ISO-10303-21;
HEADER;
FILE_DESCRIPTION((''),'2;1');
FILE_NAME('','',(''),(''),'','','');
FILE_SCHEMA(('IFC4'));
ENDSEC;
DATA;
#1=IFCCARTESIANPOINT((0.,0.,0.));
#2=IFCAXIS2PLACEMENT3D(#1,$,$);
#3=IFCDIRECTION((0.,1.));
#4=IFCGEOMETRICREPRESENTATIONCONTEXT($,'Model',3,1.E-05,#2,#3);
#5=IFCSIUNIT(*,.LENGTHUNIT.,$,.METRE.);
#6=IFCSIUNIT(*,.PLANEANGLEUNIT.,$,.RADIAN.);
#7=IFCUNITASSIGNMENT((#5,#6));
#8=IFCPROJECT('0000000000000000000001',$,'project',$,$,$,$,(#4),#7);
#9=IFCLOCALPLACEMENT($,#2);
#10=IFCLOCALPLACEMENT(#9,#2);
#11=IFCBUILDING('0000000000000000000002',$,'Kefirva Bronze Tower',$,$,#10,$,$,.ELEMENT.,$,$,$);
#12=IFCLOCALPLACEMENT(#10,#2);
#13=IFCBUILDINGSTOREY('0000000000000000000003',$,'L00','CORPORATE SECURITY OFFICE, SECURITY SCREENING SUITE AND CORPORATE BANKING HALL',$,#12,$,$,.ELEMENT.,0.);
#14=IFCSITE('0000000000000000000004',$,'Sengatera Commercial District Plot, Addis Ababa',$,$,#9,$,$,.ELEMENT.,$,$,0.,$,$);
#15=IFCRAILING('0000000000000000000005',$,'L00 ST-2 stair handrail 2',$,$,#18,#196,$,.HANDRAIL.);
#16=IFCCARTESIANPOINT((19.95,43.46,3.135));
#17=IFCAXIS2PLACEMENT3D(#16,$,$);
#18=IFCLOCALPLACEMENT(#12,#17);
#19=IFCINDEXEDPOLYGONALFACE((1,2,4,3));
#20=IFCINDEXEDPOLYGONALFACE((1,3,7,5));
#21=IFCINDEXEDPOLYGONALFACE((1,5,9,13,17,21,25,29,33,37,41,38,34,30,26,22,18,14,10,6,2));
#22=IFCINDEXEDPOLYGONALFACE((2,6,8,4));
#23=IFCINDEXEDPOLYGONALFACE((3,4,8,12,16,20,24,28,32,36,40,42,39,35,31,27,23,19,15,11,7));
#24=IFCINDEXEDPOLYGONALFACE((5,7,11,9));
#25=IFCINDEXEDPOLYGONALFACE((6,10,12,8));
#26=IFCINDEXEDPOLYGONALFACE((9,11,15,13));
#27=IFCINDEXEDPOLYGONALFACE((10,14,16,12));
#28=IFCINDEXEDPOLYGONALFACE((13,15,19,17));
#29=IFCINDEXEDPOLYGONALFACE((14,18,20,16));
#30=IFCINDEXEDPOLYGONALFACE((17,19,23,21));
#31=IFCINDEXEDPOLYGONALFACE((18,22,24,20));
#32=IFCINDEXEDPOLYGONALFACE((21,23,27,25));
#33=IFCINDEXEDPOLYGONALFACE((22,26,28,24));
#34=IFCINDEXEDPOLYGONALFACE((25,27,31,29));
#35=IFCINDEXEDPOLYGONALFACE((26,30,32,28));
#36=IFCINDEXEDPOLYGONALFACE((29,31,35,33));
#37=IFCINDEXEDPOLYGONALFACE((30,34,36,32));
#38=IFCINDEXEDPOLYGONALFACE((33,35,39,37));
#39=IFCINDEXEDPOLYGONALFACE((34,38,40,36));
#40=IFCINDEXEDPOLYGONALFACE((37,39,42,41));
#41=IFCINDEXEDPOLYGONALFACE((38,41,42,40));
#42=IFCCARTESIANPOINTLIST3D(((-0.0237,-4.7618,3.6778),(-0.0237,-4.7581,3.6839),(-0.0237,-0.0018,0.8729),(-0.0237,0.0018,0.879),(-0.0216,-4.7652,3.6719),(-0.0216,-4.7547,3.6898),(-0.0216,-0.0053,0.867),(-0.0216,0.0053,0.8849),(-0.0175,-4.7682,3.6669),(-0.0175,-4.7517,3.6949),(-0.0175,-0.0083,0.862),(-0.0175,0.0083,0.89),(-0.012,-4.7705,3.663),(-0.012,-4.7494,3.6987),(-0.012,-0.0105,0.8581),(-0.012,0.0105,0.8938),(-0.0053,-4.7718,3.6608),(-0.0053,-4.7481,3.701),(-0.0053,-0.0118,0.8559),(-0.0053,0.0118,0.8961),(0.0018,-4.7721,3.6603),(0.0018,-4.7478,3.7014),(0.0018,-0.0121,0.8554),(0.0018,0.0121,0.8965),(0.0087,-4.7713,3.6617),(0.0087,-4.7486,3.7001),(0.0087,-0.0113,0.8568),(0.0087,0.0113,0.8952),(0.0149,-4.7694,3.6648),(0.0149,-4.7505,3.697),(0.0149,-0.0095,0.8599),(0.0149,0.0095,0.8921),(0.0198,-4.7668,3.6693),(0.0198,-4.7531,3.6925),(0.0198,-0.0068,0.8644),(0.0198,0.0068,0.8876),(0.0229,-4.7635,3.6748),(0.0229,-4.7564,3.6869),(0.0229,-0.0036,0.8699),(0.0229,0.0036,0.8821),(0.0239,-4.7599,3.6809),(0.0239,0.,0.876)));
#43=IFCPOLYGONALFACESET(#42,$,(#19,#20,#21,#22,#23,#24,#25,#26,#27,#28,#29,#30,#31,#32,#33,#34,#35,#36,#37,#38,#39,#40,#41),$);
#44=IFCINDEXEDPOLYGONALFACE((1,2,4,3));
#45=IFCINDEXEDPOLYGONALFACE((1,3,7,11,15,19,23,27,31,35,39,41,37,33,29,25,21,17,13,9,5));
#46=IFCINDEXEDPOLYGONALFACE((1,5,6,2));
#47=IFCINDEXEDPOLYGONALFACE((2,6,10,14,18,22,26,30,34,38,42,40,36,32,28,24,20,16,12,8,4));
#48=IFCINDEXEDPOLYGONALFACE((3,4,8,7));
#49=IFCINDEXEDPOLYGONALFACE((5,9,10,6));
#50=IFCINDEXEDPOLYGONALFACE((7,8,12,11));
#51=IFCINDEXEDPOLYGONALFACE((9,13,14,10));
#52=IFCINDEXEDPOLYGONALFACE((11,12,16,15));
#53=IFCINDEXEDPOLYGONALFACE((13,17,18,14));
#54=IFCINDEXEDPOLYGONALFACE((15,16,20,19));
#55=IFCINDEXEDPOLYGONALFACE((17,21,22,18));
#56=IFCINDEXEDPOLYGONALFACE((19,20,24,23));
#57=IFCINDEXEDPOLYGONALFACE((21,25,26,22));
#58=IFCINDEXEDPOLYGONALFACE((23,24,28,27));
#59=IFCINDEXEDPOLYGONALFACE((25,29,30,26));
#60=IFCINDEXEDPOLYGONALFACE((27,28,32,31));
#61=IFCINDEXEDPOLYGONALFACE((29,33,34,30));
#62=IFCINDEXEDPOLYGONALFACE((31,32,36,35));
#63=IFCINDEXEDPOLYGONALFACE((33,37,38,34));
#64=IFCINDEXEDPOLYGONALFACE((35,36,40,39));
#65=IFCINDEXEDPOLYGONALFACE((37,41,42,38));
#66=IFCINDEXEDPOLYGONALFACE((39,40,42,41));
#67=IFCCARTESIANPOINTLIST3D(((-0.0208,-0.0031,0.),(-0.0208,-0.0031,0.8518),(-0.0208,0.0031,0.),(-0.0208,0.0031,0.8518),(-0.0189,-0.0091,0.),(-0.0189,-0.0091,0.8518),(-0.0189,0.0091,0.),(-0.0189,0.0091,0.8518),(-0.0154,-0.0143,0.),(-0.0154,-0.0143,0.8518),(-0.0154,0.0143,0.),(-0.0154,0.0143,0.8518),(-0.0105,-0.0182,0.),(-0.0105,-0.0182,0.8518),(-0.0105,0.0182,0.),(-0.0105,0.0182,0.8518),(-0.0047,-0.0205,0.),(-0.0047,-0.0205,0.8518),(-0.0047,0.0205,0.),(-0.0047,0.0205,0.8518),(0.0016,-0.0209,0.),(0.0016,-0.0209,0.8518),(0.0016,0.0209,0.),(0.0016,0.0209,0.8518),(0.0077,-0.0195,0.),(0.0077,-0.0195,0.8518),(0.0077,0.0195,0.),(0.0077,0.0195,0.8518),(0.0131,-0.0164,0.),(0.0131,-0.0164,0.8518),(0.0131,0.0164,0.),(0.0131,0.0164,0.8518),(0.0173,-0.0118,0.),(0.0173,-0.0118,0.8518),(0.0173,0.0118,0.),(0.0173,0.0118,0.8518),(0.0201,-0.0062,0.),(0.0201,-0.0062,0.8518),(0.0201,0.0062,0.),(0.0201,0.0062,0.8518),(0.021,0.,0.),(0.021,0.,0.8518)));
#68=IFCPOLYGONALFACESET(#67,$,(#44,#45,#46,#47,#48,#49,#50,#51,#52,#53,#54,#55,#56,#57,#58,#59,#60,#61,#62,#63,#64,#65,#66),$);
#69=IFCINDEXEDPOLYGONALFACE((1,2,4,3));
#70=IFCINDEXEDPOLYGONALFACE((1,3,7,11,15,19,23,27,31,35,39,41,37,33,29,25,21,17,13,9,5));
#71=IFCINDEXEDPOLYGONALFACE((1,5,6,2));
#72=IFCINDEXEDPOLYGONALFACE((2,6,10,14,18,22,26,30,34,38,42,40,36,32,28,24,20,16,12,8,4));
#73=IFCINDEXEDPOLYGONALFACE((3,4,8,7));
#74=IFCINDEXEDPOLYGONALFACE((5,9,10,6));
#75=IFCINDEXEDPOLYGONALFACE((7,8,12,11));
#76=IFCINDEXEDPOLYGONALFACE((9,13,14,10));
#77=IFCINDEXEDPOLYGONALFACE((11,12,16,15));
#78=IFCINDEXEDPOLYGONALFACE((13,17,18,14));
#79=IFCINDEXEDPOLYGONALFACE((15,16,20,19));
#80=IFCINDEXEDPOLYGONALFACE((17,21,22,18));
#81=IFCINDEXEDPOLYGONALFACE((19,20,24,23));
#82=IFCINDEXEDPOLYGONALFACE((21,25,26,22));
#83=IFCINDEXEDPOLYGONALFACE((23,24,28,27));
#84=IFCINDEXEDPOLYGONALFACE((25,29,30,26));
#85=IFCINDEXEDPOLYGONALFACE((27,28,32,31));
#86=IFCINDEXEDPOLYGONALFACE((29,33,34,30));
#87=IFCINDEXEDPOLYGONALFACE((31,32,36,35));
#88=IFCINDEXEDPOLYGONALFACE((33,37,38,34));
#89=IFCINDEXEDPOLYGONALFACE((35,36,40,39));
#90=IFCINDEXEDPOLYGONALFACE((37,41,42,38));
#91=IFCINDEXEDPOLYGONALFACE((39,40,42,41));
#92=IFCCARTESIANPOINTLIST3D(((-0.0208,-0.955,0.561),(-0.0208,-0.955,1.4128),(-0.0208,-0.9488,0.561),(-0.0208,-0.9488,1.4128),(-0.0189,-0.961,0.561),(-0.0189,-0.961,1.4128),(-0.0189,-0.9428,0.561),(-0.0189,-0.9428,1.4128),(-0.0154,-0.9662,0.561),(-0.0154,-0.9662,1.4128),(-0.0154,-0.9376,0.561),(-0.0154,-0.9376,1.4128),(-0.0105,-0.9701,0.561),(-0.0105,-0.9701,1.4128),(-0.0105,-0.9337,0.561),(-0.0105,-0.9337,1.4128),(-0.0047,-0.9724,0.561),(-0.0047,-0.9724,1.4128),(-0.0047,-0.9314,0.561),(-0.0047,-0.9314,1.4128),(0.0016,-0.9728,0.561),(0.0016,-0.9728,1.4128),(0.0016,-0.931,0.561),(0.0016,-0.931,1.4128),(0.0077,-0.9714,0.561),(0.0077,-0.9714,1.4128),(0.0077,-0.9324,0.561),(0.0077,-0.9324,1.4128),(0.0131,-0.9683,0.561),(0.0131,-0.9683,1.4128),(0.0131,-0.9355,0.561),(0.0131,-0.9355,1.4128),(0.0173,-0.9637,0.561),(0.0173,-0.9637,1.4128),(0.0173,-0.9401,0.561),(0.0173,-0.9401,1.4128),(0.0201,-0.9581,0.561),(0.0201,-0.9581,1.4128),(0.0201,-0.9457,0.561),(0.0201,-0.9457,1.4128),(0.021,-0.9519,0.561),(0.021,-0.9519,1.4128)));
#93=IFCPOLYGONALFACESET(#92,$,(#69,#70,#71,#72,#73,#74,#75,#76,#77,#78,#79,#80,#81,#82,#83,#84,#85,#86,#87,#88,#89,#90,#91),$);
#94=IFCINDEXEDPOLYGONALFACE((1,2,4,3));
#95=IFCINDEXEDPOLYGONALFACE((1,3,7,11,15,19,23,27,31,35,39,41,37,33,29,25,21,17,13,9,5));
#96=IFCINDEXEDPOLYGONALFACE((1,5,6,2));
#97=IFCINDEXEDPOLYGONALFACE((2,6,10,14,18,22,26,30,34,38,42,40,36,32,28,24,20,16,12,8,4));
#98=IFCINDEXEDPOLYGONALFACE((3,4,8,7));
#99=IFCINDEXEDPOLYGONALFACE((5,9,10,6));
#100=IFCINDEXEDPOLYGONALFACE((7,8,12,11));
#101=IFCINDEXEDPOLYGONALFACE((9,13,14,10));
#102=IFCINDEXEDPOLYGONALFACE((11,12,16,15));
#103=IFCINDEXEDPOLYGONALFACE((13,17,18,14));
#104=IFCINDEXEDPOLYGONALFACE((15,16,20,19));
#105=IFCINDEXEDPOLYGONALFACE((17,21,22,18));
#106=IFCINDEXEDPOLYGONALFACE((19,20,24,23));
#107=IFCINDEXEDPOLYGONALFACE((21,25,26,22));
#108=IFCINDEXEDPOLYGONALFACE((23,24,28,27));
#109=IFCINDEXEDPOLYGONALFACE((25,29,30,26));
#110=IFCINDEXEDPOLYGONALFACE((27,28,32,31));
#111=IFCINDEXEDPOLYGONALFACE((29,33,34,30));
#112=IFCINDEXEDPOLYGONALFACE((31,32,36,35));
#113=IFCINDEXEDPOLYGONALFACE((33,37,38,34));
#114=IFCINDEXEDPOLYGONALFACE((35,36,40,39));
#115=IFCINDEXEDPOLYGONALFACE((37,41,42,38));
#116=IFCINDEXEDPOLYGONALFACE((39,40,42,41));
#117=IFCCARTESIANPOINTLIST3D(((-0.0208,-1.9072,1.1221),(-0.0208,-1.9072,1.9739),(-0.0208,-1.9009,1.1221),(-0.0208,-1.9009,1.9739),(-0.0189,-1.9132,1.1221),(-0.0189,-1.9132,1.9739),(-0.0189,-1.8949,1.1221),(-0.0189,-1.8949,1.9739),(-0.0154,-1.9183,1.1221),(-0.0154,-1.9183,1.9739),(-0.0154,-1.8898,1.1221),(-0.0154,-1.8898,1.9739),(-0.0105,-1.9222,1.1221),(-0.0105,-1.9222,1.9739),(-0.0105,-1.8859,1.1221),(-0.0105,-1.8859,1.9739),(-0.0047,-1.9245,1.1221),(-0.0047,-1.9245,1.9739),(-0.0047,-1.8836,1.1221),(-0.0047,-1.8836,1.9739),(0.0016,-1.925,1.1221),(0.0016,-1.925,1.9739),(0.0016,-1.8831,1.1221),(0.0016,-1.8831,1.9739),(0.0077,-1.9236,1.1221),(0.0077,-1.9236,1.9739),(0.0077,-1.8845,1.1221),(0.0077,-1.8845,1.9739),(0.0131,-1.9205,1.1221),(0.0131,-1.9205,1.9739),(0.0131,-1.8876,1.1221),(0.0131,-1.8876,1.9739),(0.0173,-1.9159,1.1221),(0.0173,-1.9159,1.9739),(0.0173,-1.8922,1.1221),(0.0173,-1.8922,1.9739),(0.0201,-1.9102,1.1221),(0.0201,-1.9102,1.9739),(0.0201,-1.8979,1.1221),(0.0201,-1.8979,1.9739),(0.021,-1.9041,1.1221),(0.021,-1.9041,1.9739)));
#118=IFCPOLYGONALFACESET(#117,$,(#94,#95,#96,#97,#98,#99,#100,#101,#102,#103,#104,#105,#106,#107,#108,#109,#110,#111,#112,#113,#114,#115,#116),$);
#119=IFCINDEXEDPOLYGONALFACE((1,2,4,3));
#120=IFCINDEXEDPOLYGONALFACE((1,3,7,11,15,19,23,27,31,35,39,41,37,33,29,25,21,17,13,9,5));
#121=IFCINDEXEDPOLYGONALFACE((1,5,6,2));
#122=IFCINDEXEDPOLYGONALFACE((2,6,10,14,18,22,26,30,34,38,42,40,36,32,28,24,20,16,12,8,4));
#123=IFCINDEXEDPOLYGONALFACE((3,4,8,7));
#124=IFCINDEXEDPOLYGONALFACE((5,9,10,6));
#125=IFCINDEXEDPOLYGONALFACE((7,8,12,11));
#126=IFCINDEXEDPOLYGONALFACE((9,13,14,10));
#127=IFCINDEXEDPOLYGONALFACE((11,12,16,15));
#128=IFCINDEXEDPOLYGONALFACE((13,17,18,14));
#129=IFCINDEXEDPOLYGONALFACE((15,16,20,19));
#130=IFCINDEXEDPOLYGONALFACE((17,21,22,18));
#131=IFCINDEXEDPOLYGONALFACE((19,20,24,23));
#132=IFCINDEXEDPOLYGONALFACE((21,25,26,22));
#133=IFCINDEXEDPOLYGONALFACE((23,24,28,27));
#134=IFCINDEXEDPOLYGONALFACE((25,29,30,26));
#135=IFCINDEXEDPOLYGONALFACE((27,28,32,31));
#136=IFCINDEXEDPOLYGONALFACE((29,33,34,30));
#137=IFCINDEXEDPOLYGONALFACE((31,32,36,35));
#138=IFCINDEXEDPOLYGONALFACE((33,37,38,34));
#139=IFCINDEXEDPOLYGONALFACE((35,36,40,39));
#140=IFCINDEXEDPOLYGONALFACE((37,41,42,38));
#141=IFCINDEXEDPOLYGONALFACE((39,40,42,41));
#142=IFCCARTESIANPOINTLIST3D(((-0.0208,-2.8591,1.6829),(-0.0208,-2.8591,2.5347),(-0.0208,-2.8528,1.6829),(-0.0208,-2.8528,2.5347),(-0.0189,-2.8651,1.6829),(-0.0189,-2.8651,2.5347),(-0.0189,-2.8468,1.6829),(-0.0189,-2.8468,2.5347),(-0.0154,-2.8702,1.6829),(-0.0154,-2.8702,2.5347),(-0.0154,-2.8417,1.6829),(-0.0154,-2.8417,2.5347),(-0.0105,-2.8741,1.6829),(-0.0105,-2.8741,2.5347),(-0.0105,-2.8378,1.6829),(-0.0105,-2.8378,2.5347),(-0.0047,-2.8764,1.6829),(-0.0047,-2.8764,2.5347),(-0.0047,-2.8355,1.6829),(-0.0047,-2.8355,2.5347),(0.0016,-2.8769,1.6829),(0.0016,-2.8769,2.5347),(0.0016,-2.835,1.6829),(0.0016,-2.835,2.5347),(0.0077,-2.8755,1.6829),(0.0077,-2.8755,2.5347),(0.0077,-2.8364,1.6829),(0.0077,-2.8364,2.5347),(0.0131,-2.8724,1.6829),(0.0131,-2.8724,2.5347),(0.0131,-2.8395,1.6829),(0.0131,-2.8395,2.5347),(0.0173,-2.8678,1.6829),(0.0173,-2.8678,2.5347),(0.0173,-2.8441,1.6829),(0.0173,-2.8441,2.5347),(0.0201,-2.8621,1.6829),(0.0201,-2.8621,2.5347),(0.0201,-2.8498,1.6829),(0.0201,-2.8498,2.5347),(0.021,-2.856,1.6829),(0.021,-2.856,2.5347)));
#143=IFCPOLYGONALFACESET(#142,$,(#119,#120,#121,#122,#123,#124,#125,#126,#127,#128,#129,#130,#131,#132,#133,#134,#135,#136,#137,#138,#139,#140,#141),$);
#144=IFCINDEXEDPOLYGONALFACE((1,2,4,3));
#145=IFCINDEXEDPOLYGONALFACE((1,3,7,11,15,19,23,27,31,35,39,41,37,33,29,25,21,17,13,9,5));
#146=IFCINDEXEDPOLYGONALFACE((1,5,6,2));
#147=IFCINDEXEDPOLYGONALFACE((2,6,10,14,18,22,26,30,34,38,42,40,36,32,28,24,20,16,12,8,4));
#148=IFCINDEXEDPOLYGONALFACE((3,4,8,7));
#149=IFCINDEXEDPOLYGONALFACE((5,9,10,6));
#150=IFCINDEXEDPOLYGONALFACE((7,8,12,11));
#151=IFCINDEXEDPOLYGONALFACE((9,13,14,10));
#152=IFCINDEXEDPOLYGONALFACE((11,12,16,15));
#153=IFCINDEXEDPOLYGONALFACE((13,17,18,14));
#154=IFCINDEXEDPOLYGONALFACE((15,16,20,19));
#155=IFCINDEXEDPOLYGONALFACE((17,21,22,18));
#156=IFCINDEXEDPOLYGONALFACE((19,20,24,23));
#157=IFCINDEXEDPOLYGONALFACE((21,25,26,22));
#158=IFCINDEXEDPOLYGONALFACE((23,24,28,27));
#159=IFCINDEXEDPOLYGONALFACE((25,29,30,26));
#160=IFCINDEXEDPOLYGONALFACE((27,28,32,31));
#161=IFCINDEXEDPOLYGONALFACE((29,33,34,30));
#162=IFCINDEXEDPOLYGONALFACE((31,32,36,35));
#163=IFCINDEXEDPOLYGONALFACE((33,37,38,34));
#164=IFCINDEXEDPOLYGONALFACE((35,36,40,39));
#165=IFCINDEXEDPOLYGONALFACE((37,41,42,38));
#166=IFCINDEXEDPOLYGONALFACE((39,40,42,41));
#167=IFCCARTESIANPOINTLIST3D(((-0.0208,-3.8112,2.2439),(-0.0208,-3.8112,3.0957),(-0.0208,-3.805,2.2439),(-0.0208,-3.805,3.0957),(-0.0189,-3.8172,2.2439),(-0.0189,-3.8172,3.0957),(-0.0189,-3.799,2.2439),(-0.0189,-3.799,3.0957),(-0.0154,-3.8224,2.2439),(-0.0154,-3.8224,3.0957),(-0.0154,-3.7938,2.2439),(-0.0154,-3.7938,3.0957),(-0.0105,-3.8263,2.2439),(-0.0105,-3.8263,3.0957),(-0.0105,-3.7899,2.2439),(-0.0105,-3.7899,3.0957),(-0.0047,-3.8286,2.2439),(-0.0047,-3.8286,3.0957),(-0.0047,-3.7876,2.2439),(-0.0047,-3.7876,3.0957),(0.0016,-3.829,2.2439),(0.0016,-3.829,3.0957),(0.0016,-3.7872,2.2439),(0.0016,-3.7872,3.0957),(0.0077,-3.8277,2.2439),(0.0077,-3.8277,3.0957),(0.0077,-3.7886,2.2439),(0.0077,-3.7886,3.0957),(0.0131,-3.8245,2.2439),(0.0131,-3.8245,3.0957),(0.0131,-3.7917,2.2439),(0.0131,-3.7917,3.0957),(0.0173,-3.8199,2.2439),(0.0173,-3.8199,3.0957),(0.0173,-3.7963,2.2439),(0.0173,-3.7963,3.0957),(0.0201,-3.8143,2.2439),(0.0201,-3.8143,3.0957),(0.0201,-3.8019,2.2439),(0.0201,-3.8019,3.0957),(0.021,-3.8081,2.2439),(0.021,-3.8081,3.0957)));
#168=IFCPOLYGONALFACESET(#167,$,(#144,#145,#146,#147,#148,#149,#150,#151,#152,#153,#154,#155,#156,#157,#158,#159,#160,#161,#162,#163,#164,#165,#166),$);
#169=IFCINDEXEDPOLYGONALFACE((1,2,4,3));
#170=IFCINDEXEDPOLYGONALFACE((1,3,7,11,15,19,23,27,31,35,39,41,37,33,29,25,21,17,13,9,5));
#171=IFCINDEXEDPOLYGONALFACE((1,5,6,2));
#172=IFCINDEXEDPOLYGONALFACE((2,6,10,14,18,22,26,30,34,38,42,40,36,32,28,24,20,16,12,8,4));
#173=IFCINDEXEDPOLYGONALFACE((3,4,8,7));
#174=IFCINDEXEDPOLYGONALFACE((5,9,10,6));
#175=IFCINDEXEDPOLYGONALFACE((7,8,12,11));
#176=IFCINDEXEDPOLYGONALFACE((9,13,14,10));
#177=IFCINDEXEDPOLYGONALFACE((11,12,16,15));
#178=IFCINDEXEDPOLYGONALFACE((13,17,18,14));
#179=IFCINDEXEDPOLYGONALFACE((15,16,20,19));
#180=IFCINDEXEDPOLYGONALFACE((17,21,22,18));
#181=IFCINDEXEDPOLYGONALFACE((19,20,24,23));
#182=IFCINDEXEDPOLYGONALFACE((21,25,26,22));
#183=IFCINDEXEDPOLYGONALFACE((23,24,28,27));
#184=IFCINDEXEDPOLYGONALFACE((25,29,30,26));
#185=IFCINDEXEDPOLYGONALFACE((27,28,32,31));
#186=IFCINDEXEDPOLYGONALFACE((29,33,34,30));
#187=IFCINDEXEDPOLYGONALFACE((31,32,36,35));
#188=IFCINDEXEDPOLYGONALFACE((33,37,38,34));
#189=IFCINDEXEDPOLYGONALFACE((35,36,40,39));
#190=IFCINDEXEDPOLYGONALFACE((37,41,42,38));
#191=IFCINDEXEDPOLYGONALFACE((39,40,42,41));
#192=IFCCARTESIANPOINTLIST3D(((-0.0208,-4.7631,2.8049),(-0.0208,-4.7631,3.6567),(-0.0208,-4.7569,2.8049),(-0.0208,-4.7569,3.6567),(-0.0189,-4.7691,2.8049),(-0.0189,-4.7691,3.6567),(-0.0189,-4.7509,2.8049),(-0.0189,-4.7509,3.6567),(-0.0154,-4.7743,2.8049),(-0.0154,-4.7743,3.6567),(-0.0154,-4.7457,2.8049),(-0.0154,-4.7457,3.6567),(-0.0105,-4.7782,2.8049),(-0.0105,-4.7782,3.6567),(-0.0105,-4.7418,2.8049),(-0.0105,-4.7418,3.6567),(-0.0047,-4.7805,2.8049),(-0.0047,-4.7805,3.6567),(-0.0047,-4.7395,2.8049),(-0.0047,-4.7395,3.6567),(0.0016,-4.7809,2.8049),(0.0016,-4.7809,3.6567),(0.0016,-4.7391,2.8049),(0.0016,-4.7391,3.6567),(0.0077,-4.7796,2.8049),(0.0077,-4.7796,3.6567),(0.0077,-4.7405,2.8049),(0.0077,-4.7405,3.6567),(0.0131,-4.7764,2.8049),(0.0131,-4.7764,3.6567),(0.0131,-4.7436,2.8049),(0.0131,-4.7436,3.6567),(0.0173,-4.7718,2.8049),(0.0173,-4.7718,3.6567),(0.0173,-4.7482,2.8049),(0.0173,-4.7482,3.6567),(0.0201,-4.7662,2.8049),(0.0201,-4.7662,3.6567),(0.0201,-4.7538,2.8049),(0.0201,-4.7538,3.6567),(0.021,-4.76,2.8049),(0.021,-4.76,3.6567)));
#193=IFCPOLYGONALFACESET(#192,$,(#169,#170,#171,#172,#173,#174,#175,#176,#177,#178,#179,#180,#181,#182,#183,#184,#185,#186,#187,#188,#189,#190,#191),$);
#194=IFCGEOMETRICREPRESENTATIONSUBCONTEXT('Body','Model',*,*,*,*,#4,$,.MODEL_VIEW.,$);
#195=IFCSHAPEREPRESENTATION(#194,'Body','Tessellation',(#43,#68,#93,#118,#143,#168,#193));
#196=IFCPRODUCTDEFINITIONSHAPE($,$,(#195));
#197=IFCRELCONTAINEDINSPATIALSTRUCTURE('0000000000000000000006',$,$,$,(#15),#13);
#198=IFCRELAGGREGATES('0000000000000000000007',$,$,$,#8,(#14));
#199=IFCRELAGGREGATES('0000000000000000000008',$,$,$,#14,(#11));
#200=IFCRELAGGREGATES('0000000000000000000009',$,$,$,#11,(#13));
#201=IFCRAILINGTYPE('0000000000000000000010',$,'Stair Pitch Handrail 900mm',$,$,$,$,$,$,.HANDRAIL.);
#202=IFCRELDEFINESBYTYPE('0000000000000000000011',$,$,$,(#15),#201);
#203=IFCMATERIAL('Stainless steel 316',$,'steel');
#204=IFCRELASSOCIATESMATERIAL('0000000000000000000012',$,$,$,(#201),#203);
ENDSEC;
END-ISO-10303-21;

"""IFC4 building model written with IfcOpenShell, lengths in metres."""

from ifc_helpers import new_model, si_unit, direction, frame, origin, origin_2d, place, context, subcontext, project, spatial, circle, extrude, material, type_object, element, save


model = new_model("IFC4")

# Units and contexts
model_context = context("Model", 3, precision=1e-05, world=origin(), true_north=direction((0.0, 1.0)))
body_context = subcontext(model_context, "Body", "Model", "MODEL_VIEW")
ifc_project = project(units=[si_unit("LENGTHUNIT", "METRE"), si_unit("PLANEANGLEUNIT", "RADIAN")], contexts=[model_context])

# Site, building, storey
site_placement = place(None, origin())
site = spatial("IfcSite", under=ifc_project, at=site_placement, Name="Sengatera Commercial District Plot, Addis Ababa", CompositionType="ELEMENT", RefElevation=0.0)
building_placement = place(site_placement, origin())
building = spatial("IfcBuilding", under=site, at=building_placement, Name="Kefirva Bronze Tower", CompositionType="ELEMENT")
storey_placement = place(building_placement, origin())
storey = spatial("IfcBuildingStorey", under=building, at=storey_placement, Name="L00", Description="CORPORATE SECURITY OFFICE, SECURITY SCREENING SUITE AND CORPORATE BANKING HALL", CompositionType="ELEMENT", Elevation=0.0)

# Railing
ifc_material_1 = material(Name="Stainless steel 316", Category="steel")
railing_type_1 = type_object("IfcRailingType", Name="Stair Pitch Handrail 900mm", PredefinedType="HANDRAIL", material=ifc_material_1)
railing_1_placement = place(storey_placement, frame((19.95, 43.46, 3.135)))
element("IfcRailing", 1, at=railing_1_placement, inside=storey, type_object=railing_type_1, Name="L00 ST-2 stair handrail 2", PredefinedType="HANDRAIL", context=body_context, shape_type="SweptSolid", body=[
    extrude(circle(Radius=0.0239, at=origin_2d()), frame((0.0, 0.0, 0.876), z_axis=(0.0, -0.861544, 0.507682), x_axis=(1.0, 0.0, 0.0)), (0.0, 0.0, 1.0), 5.5249),
    extrude(circle(Radius=0.021, at=origin_2d()), origin(), (0.0, 0.0, 1.0), 0.8518),
    extrude(circle(Radius=0.021, at=origin_2d()), frame((0.0, -0.9519, 0.561)), (0.0, 0.0, 1.0), 0.8518),
    extrude(circle(Radius=0.021, at=origin_2d()), frame((0.0, -1.9041, 1.1221)), (0.0, 0.0, 1.0), 0.8518),
    extrude(circle(Radius=0.021, at=origin_2d()), frame((0.0, -2.856, 1.6829)), (0.0, 0.0, 1.0), 0.8518),
    extrude(circle(Radius=0.021, at=origin_2d()), frame((0.0, -3.8081, 2.2439)), (0.0, 0.0, 1.0), 0.8518),
    extrude(circle(Radius=0.021, at=origin_2d()), frame((0.0, -4.76, 2.8049)), (0.0, 0.0, 1.0), 0.8518),
])

save(model, "model.ifc")
